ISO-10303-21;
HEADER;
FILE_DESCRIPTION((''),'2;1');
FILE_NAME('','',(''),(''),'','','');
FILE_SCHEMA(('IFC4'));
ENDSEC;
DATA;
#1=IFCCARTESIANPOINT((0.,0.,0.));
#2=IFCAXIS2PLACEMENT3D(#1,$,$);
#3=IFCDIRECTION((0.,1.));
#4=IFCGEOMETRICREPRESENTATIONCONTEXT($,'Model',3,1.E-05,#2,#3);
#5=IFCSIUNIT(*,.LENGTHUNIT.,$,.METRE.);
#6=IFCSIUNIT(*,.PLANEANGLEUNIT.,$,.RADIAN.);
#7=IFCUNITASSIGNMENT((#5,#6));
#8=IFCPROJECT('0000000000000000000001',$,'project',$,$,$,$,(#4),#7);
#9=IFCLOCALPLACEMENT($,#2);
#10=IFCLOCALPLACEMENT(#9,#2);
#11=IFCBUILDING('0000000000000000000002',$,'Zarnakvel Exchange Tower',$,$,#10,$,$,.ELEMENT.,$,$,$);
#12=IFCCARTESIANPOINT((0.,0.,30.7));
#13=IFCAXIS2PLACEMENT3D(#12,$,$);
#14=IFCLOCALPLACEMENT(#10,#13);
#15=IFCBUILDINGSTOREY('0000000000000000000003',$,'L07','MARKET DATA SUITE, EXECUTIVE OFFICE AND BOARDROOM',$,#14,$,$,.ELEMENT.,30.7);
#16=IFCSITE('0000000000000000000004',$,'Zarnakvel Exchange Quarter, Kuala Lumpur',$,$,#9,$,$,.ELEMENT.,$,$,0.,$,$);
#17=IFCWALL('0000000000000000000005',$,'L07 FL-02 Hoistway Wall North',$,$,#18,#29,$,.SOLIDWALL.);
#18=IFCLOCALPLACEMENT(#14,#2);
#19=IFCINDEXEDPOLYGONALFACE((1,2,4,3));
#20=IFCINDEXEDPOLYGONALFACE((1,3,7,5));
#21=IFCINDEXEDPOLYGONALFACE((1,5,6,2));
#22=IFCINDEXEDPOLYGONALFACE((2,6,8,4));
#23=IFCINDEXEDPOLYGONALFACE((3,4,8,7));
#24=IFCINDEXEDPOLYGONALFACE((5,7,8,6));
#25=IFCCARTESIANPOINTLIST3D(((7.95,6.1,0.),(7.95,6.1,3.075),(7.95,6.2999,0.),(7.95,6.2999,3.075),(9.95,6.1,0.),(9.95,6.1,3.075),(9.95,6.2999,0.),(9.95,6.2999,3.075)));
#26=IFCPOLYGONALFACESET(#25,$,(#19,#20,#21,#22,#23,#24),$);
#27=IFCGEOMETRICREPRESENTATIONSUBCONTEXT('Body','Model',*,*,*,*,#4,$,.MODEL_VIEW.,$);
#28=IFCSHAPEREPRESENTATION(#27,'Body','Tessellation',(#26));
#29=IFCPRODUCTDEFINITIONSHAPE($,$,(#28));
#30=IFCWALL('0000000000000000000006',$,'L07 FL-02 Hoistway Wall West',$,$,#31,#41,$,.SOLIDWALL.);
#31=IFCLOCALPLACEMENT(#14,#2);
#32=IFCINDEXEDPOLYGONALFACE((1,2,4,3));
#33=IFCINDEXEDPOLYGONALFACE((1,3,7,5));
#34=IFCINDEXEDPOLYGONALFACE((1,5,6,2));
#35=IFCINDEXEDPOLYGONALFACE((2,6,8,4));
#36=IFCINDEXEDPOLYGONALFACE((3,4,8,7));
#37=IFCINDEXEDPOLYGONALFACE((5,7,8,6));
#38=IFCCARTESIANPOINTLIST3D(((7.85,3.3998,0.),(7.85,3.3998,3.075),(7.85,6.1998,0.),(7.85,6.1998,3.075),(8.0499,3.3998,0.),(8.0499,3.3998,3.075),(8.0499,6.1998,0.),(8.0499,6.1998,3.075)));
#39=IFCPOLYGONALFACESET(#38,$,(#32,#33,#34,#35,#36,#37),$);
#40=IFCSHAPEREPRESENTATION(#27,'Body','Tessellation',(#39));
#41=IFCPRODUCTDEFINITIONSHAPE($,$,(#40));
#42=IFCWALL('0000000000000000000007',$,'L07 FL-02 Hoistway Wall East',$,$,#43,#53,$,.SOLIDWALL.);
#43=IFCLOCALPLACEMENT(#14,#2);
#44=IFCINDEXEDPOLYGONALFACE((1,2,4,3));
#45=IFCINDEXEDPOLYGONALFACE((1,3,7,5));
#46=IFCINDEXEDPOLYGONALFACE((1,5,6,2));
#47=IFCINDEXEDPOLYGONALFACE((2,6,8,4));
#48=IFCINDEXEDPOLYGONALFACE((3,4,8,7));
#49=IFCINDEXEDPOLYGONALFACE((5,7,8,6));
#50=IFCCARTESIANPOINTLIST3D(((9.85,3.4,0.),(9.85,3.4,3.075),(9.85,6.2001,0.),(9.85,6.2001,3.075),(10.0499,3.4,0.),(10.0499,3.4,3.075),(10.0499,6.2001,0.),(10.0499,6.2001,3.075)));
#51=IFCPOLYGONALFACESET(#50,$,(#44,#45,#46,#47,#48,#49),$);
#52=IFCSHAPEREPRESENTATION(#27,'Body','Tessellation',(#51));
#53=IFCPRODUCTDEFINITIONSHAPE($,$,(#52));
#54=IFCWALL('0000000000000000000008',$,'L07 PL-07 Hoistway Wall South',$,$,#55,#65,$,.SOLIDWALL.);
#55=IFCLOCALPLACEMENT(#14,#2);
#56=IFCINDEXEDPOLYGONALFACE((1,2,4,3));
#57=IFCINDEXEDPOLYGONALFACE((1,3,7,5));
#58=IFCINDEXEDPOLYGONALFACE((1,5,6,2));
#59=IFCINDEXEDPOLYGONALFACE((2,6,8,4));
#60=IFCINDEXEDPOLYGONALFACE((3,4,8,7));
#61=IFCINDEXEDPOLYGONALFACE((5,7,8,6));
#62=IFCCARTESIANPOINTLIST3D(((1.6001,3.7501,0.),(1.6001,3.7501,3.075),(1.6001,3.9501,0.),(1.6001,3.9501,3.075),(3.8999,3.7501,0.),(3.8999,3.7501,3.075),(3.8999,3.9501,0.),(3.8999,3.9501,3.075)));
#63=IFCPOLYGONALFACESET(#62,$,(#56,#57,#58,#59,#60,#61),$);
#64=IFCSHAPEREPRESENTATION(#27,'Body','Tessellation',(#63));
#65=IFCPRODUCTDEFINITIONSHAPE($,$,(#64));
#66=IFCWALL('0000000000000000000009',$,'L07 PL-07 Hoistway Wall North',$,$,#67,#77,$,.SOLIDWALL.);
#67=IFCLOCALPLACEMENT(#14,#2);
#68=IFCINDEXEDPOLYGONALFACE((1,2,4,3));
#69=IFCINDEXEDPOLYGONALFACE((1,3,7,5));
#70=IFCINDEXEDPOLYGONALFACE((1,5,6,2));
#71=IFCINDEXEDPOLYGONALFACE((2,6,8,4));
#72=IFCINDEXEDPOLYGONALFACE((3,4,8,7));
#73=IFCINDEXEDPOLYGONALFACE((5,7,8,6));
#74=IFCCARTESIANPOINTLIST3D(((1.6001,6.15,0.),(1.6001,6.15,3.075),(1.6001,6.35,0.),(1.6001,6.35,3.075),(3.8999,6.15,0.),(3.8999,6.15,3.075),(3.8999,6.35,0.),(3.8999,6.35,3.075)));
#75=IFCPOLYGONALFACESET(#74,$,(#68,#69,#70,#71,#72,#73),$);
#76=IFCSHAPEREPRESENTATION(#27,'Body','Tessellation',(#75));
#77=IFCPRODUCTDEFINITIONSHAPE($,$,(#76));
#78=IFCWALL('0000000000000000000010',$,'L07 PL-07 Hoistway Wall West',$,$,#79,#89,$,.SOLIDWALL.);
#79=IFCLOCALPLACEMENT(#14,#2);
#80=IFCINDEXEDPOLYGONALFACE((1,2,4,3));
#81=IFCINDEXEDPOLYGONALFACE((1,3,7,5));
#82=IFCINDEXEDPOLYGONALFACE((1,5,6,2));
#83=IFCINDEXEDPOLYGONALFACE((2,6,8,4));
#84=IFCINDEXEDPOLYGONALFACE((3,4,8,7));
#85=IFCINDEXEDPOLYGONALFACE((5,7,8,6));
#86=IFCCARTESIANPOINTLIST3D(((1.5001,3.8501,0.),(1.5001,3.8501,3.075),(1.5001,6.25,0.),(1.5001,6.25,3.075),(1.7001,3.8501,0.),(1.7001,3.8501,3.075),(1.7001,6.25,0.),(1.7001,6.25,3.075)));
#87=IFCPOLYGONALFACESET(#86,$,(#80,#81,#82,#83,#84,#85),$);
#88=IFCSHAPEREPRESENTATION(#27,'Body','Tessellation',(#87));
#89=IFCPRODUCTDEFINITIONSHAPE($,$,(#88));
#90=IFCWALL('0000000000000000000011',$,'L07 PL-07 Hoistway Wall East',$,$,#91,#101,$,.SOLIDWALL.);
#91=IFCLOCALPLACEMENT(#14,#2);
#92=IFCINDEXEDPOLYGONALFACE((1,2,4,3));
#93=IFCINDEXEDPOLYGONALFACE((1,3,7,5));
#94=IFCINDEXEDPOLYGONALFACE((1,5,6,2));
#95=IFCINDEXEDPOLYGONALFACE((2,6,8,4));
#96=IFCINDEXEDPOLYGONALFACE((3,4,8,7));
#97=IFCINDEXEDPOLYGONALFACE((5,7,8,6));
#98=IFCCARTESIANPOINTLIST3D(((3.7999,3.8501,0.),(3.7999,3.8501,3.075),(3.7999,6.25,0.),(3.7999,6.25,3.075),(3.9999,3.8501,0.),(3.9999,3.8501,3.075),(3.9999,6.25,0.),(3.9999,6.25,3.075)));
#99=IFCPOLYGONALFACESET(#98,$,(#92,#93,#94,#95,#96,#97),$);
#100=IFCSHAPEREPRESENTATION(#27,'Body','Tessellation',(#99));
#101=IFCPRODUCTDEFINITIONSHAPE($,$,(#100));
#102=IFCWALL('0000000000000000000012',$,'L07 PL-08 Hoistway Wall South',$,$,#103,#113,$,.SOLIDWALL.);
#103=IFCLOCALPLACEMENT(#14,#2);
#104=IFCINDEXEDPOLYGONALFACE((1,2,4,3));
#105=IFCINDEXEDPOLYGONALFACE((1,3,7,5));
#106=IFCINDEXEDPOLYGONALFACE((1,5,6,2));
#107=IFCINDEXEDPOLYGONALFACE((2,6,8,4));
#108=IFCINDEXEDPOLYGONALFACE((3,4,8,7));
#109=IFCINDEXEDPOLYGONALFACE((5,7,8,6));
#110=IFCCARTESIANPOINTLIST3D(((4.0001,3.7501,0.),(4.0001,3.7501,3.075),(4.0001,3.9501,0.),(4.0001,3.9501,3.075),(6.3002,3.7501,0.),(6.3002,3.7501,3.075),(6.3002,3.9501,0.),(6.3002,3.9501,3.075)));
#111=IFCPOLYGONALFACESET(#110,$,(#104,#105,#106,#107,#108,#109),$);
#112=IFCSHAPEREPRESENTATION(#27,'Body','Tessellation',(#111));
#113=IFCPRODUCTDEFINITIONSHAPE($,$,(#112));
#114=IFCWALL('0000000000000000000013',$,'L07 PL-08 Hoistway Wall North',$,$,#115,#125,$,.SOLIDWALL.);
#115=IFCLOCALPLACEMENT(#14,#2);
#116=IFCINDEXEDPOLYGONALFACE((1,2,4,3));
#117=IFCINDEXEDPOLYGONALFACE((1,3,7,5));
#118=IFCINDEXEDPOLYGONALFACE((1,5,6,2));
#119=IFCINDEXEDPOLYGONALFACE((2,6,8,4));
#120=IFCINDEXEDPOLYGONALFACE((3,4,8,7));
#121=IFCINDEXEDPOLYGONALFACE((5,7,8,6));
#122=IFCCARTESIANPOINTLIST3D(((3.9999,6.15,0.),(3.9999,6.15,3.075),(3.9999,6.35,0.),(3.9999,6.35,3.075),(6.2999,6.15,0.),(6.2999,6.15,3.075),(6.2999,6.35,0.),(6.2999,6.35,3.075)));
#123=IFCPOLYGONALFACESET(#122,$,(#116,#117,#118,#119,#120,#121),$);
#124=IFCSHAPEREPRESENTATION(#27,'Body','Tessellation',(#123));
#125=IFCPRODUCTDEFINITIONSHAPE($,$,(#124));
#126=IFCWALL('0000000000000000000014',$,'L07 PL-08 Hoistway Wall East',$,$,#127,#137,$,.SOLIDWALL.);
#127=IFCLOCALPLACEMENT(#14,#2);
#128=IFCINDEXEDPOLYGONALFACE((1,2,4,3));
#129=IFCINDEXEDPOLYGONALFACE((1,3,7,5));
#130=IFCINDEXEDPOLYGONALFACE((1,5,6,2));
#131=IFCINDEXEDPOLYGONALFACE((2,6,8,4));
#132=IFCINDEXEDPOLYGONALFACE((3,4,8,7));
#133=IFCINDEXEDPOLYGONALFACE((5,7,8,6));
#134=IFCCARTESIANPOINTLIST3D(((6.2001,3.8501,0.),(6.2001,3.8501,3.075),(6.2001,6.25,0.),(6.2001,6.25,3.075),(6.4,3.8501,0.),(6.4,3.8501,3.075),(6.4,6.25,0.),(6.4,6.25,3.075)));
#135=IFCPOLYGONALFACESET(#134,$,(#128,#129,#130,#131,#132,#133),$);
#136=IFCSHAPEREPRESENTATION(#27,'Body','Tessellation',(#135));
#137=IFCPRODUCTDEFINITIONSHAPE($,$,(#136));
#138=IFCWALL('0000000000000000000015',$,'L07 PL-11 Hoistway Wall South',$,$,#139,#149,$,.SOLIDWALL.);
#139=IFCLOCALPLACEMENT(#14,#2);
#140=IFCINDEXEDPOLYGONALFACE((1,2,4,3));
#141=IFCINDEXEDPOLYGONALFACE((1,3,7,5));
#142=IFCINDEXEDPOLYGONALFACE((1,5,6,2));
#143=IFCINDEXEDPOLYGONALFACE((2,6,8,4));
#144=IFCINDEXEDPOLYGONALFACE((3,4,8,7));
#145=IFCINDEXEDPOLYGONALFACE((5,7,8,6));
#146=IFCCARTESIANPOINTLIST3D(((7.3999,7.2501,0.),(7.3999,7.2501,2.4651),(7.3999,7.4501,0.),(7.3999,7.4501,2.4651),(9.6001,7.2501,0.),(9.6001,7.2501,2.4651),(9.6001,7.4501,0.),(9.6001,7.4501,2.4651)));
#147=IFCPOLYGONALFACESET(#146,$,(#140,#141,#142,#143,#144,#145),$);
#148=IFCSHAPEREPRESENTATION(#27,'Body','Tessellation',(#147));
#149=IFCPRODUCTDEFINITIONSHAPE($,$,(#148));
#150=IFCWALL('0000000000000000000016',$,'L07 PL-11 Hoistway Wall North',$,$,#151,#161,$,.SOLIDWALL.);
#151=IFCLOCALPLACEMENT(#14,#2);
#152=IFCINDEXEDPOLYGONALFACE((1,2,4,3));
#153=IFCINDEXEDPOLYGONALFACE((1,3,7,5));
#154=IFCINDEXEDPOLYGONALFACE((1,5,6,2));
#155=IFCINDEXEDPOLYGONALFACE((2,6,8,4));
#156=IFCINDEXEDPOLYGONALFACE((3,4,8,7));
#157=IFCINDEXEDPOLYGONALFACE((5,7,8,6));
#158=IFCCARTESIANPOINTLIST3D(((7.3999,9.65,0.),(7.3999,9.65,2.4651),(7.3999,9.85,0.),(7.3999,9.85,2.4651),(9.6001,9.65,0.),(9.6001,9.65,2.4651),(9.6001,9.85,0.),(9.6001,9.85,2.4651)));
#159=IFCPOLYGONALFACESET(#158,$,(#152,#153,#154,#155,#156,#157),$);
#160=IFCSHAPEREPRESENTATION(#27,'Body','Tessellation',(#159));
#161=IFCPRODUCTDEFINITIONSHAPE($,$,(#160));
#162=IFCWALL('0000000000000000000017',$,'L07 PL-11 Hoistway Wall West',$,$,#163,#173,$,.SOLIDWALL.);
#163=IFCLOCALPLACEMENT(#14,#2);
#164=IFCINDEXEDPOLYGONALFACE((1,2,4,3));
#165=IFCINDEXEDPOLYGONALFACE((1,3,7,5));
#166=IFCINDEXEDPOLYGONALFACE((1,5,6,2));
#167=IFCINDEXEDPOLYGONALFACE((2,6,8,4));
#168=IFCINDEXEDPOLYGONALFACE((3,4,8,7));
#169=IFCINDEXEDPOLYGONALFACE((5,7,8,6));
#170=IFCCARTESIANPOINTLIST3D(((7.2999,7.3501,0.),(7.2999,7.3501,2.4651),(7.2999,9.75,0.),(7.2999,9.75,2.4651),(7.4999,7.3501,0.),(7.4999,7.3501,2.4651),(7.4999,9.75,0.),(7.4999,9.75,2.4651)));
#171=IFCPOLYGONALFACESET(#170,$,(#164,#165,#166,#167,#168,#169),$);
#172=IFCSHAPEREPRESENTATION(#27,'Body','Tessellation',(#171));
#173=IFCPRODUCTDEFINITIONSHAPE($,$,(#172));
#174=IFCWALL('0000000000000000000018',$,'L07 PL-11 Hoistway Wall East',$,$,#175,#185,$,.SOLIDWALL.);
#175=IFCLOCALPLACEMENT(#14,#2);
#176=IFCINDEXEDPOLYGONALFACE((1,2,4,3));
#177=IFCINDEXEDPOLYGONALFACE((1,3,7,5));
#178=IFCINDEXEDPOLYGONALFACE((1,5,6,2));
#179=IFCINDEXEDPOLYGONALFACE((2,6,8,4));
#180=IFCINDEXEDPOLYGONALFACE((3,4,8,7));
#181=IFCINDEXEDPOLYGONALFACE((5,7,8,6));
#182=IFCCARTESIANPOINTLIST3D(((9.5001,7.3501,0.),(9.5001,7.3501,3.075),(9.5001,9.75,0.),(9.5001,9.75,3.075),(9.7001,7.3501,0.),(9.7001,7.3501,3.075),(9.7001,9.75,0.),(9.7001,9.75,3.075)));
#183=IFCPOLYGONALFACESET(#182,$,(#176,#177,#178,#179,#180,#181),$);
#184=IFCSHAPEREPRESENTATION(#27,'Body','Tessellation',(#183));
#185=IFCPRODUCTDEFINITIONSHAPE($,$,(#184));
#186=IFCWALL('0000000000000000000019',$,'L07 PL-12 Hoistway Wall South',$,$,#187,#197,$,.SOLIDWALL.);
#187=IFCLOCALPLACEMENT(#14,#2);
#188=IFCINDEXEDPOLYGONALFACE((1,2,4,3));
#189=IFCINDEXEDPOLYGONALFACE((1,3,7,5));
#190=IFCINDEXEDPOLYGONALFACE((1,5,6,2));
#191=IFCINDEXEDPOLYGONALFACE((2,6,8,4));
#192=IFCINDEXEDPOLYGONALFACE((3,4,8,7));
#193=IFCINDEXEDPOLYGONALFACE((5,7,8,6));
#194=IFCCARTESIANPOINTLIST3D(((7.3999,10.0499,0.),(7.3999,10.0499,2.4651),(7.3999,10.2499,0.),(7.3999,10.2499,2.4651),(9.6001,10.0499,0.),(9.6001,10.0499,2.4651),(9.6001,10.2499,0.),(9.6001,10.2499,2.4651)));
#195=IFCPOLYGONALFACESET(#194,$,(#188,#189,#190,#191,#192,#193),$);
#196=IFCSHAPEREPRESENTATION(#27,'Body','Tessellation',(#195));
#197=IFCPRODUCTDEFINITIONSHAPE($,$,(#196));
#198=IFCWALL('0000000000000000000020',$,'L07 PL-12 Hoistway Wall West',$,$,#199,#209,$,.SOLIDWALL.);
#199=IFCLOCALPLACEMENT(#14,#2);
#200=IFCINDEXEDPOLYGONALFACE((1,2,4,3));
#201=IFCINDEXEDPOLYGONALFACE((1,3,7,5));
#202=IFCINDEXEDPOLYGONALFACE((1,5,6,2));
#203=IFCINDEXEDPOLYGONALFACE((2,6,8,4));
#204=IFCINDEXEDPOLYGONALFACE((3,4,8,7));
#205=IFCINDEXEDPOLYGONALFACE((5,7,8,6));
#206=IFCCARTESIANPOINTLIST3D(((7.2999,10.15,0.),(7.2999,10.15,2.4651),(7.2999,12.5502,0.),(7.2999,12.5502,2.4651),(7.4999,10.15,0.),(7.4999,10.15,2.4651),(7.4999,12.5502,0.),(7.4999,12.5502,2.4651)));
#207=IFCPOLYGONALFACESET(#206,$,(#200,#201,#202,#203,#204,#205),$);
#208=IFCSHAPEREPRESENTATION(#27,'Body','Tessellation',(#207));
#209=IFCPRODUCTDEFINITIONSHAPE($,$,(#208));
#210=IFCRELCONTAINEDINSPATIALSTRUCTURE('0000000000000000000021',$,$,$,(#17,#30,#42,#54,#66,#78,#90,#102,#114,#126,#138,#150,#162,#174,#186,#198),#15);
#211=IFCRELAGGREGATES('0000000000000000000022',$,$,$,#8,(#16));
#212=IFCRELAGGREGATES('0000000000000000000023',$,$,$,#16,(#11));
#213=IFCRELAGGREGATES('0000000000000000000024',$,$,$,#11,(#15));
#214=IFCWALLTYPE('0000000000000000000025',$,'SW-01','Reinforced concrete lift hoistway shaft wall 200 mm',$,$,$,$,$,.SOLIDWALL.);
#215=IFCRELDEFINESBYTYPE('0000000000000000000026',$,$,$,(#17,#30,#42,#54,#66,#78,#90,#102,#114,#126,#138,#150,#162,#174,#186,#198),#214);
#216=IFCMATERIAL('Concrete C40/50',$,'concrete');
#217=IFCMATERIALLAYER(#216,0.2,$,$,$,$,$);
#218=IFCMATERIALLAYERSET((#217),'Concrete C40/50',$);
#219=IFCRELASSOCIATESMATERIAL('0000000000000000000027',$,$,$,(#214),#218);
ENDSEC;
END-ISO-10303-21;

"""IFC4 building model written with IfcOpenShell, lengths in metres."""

from ifc_helpers import new_model, si_unit, direction, frame, frame_2d, origin, place, context, subcontext, project, spatial, rectangle, extrude, material, layer, layer_set, type_object, element, save


model = new_model("IFC4")

# Units and contexts
model_context = context("Model", 3, precision=1e-05, world=origin(), true_north=direction((0.0, 1.0)))
body_context = subcontext(model_context, "Body", "Model", "MODEL_VIEW")
ifc_project = project(units=[si_unit("LENGTHUNIT", "METRE"), si_unit("PLANEANGLEUNIT", "RADIAN")], contexts=[model_context])

# Site, building, storey
site_placement = place(None, origin())
site = spatial("IfcSite", under=ifc_project, at=site_placement, Name="Zarnakvel Exchange Quarter, Kuala Lumpur", CompositionType="ELEMENT", RefElevation=0.0)
building_placement = place(site_placement, origin())
building = spatial("IfcBuilding", under=site, at=building_placement, Name="Zarnakvel Exchange Tower", CompositionType="ELEMENT")
storey_placement = place(building_placement, frame((0.0, 0.0, 30.7)))
storey = spatial("IfcBuildingStorey", under=building, at=storey_placement, Name="L07", Description="MARKET DATA SUITE, EXECUTIVE OFFICE AND BOARDROOM", CompositionType="ELEMENT", Elevation=30.7)

# Shared definitions
ifc_material_1 = material(Name="Concrete C40/50", Category="concrete")
ifc_layer_1 = layer(ifc_material_1, 0.2)
ifc_layer_set_1 = layer_set([ifc_layer_1], Name="Concrete C40/50")
wall_type_1 = type_object("IfcWallType", Name="SW-01", Description="Reinforced concrete lift hoistway shaft wall 200 mm", PredefinedType="SOLIDWALL", material=ifc_layer_set_1)

# Walls
wall_1_placement = place(storey_placement, frame((7.95, 6.2, 0.0), z_axis=(0.0, 0.0, 1.0), x_axis=(1.0, 0.0, 0.0)))
element("IfcWall", 1, at=wall_1_placement, inside=storey, type_object=wall_type_1, Name="L07 FL-02 Hoistway Wall North", PredefinedType="SOLIDWALL", context=body_context, shape_type="SweptSolid", body=[
    extrude(rectangle(XDim=2.0, YDim=0.2, at=frame_2d((1.0, 0.0))), origin(), (0.0, 0.0, 1.0), 3.075),
])
for number, where, z_axis, x_axis, name in (
    (2, (7.95, 3.3999, 0.0), (0.0, 0.0, 1.0), (0.0, 1.0, 0.0), "L07 FL-02 Hoistway Wall West"),
    (3, (9.95, 6.2, 0.0), (0.0, 0.0, 1.0), (0.0, -1.0, 0.0), "L07 FL-02 Hoistway Wall East"),
):
    element("IfcWall", number, at=place(storey_placement, frame(where, z_axis=z_axis, x_axis=x_axis)), inside=storey, type_object=wall_type_1, Name=name, PredefinedType="SOLIDWALL", context=body_context, shape_type="SweptSolid", body=[
        extrude(rectangle(XDim=2.8, YDim=0.2, at=frame_2d((1.3999, 0.0))), origin(), (0.0, 0.0, 1.0), 3.075),
    ])
for number, where, z_axis, x_axis, name in (
    (4, (3.8999, 3.8501, 0.0), (0.0, 0.0, 1.0), (-1.0, 0.0, 0.0), "L07 PL-07 Hoistway Wall South"),
    (5, (1.6001, 6.25, 0.0), (0.0, 0.0, 1.0), (1.0, 0.0, 0.0), "L07 PL-07 Hoistway Wall North"),
):
    element("IfcWall", number, at=place(storey_placement, frame(where, z_axis=z_axis, x_axis=x_axis)), inside=storey, type_object=wall_type_1, Name=name, PredefinedType="SOLIDWALL", context=body_context, shape_type="SweptSolid", body=[
        extrude(rectangle(XDim=2.2998, YDim=0.2, at=frame_2d((1.1499, 0.0))), origin(), (0.0, 0.0, 1.0), 3.075),
    ])
for number, where, z_axis, x_axis, name in (
    (6, (1.6001, 3.8501, 0.0), (0.0, 0.0, 1.0), (0.0, 1.0, 0.0), "L07 PL-07 Hoistway Wall West"),
    (7, (3.8999, 6.25, 0.0), (0.0, 0.0, 1.0), (0.0, -1.0, 0.0), "L07 PL-07 Hoistway Wall East"),
):
    element("IfcWall", number, at=place(storey_placement, frame(where, z_axis=z_axis, x_axis=x_axis)), inside=storey, type_object=wall_type_1, Name=name, PredefinedType="SOLIDWALL", context=body_context, shape_type="SweptSolid", body=[
        extrude(rectangle(XDim=2.3999, YDim=0.2, at=frame_2d((1.2, 0.0))), origin(), (0.0, 0.0, 1.0), 3.075),
    ])
for number, where, z_axis, x_axis, name in (
    (8, (6.3, 3.8501, 0.0), (0.0, 0.0, 1.0), (-1.0, 0.0, 0.0), "L07 PL-08 Hoistway Wall South"),
    (9, (4.0, 6.25, 0.0), (0.0, 0.0, 1.0), (1.0, 0.0, 0.0), "L07 PL-08 Hoistway Wall North"),
):
    element("IfcWall", number, at=place(storey_placement, frame(where, z_axis=z_axis, x_axis=x_axis)), inside=storey, type_object=wall_type_1, Name=name, PredefinedType="SOLIDWALL", context=body_context, shape_type="SweptSolid", body=[
        extrude(rectangle(XDim=2.3, YDim=0.2, at=frame_2d((1.1499, 0.0))), origin(), (0.0, 0.0, 1.0), 3.075),
    ])
wall_2_placement = place(storey_placement, frame((6.3, 6.25, 0.0), z_axis=(0.0, 0.0, 1.0), x_axis=(0.0, -1.0, 0.0)))
element("IfcWall", 10, at=wall_2_placement, inside=storey, type_object=wall_type_1, Name="L07 PL-08 Hoistway Wall East", PredefinedType="SOLIDWALL", context=body_context, shape_type="SweptSolid", body=[
    extrude(rectangle(XDim=2.3999, YDim=0.2, at=frame_2d((1.2, 0.0))), origin(), (0.0, 0.0, 1.0), 3.075),
])
for number, where, z_axis, x_axis, name in (
    (11, (9.6001, 7.3501, 0.0), (0.0, 0.0, 1.0), (-1.0, 0.0, 0.0), "L07 PL-11 Hoistway Wall South"),
    (12, (7.3999, 9.75, 0.0), (0.0, 0.0, 1.0), (1.0, 0.0, 0.0), "L07 PL-11 Hoistway Wall North"),
):
    element("IfcWall", number, at=place(storey_placement, frame(where, z_axis=z_axis, x_axis=x_axis)), inside=storey, type_object=wall_type_1, Name=name, PredefinedType="SOLIDWALL", context=body_context, shape_type="SweptSolid", body=[
        extrude(rectangle(XDim=2.2002, YDim=0.2, at=frame_2d((1.1001, 0.0))), origin(), (0.0, 0.0, 1.0), 2.4651),
    ])
wall_3_placement = place(storey_placement, frame((7.3999, 7.3501, 0.0), z_axis=(0.0, 0.0, 1.0), x_axis=(0.0, 1.0, 0.0)))
element("IfcWall", 13, at=wall_3_placement, inside=storey, type_object=wall_type_1, Name="L07 PL-11 Hoistway Wall West", PredefinedType="SOLIDWALL", context=body_context, shape_type="SweptSolid", body=[
    extrude(rectangle(XDim=2.3999, YDim=0.2, at=frame_2d((1.2, 0.0))), origin(), (0.0, 0.0, 1.0), 2.4651),
])
wall_4_placement = place(storey_placement, frame((9.6001, 9.75, 0.0), z_axis=(0.0, 0.0, 1.0), x_axis=(0.0, -1.0, 0.0)))
element("IfcWall", 14, at=wall_4_placement, inside=storey, type_object=wall_type_1, Name="L07 PL-11 Hoistway Wall East", PredefinedType="SOLIDWALL", context=body_context, shape_type="SweptSolid", body=[
    extrude(rectangle(XDim=2.3999, YDim=0.2, at=frame_2d((1.2, 0.0))), origin(), (0.0, 0.0, 1.0), 3.075),
])
wall_5_placement = place(storey_placement, frame((9.6001, 10.1499, 0.0), z_axis=(0.0, 0.0, 1.0), x_axis=(-1.0, 0.0, 0.0)))
element("IfcWall", 15, at=wall_5_placement, inside=storey, type_object=wall_type_1, Name="L07 PL-12 Hoistway Wall South", PredefinedType="SOLIDWALL", context=body_context, shape_type="SweptSolid", body=[
    extrude(rectangle(XDim=2.2002, YDim=0.2, at=frame_2d((1.1001, 0.0))), origin(), (0.0, 0.0, 1.0), 2.4651),
])
wall_6_placement = place(storey_placement, frame((7.3999, 10.1499, 0.0), z_axis=(0.0, 0.0, 1.0), x_axis=(0.0, 1.0, 0.0)))
element("IfcWall", 16, at=wall_6_placement, inside=storey, type_object=wall_type_1, Name="L07 PL-12 Hoistway Wall West", PredefinedType="SOLIDWALL", context=body_context, shape_type="SweptSolid", body=[
    extrude(rectangle(XDim=2.4001, YDim=0.2, at=frame_2d((1.2002, 0.0))), origin(), (0.0, 0.0, 1.0), 2.4651),
])

save(model, "model.ifc")
